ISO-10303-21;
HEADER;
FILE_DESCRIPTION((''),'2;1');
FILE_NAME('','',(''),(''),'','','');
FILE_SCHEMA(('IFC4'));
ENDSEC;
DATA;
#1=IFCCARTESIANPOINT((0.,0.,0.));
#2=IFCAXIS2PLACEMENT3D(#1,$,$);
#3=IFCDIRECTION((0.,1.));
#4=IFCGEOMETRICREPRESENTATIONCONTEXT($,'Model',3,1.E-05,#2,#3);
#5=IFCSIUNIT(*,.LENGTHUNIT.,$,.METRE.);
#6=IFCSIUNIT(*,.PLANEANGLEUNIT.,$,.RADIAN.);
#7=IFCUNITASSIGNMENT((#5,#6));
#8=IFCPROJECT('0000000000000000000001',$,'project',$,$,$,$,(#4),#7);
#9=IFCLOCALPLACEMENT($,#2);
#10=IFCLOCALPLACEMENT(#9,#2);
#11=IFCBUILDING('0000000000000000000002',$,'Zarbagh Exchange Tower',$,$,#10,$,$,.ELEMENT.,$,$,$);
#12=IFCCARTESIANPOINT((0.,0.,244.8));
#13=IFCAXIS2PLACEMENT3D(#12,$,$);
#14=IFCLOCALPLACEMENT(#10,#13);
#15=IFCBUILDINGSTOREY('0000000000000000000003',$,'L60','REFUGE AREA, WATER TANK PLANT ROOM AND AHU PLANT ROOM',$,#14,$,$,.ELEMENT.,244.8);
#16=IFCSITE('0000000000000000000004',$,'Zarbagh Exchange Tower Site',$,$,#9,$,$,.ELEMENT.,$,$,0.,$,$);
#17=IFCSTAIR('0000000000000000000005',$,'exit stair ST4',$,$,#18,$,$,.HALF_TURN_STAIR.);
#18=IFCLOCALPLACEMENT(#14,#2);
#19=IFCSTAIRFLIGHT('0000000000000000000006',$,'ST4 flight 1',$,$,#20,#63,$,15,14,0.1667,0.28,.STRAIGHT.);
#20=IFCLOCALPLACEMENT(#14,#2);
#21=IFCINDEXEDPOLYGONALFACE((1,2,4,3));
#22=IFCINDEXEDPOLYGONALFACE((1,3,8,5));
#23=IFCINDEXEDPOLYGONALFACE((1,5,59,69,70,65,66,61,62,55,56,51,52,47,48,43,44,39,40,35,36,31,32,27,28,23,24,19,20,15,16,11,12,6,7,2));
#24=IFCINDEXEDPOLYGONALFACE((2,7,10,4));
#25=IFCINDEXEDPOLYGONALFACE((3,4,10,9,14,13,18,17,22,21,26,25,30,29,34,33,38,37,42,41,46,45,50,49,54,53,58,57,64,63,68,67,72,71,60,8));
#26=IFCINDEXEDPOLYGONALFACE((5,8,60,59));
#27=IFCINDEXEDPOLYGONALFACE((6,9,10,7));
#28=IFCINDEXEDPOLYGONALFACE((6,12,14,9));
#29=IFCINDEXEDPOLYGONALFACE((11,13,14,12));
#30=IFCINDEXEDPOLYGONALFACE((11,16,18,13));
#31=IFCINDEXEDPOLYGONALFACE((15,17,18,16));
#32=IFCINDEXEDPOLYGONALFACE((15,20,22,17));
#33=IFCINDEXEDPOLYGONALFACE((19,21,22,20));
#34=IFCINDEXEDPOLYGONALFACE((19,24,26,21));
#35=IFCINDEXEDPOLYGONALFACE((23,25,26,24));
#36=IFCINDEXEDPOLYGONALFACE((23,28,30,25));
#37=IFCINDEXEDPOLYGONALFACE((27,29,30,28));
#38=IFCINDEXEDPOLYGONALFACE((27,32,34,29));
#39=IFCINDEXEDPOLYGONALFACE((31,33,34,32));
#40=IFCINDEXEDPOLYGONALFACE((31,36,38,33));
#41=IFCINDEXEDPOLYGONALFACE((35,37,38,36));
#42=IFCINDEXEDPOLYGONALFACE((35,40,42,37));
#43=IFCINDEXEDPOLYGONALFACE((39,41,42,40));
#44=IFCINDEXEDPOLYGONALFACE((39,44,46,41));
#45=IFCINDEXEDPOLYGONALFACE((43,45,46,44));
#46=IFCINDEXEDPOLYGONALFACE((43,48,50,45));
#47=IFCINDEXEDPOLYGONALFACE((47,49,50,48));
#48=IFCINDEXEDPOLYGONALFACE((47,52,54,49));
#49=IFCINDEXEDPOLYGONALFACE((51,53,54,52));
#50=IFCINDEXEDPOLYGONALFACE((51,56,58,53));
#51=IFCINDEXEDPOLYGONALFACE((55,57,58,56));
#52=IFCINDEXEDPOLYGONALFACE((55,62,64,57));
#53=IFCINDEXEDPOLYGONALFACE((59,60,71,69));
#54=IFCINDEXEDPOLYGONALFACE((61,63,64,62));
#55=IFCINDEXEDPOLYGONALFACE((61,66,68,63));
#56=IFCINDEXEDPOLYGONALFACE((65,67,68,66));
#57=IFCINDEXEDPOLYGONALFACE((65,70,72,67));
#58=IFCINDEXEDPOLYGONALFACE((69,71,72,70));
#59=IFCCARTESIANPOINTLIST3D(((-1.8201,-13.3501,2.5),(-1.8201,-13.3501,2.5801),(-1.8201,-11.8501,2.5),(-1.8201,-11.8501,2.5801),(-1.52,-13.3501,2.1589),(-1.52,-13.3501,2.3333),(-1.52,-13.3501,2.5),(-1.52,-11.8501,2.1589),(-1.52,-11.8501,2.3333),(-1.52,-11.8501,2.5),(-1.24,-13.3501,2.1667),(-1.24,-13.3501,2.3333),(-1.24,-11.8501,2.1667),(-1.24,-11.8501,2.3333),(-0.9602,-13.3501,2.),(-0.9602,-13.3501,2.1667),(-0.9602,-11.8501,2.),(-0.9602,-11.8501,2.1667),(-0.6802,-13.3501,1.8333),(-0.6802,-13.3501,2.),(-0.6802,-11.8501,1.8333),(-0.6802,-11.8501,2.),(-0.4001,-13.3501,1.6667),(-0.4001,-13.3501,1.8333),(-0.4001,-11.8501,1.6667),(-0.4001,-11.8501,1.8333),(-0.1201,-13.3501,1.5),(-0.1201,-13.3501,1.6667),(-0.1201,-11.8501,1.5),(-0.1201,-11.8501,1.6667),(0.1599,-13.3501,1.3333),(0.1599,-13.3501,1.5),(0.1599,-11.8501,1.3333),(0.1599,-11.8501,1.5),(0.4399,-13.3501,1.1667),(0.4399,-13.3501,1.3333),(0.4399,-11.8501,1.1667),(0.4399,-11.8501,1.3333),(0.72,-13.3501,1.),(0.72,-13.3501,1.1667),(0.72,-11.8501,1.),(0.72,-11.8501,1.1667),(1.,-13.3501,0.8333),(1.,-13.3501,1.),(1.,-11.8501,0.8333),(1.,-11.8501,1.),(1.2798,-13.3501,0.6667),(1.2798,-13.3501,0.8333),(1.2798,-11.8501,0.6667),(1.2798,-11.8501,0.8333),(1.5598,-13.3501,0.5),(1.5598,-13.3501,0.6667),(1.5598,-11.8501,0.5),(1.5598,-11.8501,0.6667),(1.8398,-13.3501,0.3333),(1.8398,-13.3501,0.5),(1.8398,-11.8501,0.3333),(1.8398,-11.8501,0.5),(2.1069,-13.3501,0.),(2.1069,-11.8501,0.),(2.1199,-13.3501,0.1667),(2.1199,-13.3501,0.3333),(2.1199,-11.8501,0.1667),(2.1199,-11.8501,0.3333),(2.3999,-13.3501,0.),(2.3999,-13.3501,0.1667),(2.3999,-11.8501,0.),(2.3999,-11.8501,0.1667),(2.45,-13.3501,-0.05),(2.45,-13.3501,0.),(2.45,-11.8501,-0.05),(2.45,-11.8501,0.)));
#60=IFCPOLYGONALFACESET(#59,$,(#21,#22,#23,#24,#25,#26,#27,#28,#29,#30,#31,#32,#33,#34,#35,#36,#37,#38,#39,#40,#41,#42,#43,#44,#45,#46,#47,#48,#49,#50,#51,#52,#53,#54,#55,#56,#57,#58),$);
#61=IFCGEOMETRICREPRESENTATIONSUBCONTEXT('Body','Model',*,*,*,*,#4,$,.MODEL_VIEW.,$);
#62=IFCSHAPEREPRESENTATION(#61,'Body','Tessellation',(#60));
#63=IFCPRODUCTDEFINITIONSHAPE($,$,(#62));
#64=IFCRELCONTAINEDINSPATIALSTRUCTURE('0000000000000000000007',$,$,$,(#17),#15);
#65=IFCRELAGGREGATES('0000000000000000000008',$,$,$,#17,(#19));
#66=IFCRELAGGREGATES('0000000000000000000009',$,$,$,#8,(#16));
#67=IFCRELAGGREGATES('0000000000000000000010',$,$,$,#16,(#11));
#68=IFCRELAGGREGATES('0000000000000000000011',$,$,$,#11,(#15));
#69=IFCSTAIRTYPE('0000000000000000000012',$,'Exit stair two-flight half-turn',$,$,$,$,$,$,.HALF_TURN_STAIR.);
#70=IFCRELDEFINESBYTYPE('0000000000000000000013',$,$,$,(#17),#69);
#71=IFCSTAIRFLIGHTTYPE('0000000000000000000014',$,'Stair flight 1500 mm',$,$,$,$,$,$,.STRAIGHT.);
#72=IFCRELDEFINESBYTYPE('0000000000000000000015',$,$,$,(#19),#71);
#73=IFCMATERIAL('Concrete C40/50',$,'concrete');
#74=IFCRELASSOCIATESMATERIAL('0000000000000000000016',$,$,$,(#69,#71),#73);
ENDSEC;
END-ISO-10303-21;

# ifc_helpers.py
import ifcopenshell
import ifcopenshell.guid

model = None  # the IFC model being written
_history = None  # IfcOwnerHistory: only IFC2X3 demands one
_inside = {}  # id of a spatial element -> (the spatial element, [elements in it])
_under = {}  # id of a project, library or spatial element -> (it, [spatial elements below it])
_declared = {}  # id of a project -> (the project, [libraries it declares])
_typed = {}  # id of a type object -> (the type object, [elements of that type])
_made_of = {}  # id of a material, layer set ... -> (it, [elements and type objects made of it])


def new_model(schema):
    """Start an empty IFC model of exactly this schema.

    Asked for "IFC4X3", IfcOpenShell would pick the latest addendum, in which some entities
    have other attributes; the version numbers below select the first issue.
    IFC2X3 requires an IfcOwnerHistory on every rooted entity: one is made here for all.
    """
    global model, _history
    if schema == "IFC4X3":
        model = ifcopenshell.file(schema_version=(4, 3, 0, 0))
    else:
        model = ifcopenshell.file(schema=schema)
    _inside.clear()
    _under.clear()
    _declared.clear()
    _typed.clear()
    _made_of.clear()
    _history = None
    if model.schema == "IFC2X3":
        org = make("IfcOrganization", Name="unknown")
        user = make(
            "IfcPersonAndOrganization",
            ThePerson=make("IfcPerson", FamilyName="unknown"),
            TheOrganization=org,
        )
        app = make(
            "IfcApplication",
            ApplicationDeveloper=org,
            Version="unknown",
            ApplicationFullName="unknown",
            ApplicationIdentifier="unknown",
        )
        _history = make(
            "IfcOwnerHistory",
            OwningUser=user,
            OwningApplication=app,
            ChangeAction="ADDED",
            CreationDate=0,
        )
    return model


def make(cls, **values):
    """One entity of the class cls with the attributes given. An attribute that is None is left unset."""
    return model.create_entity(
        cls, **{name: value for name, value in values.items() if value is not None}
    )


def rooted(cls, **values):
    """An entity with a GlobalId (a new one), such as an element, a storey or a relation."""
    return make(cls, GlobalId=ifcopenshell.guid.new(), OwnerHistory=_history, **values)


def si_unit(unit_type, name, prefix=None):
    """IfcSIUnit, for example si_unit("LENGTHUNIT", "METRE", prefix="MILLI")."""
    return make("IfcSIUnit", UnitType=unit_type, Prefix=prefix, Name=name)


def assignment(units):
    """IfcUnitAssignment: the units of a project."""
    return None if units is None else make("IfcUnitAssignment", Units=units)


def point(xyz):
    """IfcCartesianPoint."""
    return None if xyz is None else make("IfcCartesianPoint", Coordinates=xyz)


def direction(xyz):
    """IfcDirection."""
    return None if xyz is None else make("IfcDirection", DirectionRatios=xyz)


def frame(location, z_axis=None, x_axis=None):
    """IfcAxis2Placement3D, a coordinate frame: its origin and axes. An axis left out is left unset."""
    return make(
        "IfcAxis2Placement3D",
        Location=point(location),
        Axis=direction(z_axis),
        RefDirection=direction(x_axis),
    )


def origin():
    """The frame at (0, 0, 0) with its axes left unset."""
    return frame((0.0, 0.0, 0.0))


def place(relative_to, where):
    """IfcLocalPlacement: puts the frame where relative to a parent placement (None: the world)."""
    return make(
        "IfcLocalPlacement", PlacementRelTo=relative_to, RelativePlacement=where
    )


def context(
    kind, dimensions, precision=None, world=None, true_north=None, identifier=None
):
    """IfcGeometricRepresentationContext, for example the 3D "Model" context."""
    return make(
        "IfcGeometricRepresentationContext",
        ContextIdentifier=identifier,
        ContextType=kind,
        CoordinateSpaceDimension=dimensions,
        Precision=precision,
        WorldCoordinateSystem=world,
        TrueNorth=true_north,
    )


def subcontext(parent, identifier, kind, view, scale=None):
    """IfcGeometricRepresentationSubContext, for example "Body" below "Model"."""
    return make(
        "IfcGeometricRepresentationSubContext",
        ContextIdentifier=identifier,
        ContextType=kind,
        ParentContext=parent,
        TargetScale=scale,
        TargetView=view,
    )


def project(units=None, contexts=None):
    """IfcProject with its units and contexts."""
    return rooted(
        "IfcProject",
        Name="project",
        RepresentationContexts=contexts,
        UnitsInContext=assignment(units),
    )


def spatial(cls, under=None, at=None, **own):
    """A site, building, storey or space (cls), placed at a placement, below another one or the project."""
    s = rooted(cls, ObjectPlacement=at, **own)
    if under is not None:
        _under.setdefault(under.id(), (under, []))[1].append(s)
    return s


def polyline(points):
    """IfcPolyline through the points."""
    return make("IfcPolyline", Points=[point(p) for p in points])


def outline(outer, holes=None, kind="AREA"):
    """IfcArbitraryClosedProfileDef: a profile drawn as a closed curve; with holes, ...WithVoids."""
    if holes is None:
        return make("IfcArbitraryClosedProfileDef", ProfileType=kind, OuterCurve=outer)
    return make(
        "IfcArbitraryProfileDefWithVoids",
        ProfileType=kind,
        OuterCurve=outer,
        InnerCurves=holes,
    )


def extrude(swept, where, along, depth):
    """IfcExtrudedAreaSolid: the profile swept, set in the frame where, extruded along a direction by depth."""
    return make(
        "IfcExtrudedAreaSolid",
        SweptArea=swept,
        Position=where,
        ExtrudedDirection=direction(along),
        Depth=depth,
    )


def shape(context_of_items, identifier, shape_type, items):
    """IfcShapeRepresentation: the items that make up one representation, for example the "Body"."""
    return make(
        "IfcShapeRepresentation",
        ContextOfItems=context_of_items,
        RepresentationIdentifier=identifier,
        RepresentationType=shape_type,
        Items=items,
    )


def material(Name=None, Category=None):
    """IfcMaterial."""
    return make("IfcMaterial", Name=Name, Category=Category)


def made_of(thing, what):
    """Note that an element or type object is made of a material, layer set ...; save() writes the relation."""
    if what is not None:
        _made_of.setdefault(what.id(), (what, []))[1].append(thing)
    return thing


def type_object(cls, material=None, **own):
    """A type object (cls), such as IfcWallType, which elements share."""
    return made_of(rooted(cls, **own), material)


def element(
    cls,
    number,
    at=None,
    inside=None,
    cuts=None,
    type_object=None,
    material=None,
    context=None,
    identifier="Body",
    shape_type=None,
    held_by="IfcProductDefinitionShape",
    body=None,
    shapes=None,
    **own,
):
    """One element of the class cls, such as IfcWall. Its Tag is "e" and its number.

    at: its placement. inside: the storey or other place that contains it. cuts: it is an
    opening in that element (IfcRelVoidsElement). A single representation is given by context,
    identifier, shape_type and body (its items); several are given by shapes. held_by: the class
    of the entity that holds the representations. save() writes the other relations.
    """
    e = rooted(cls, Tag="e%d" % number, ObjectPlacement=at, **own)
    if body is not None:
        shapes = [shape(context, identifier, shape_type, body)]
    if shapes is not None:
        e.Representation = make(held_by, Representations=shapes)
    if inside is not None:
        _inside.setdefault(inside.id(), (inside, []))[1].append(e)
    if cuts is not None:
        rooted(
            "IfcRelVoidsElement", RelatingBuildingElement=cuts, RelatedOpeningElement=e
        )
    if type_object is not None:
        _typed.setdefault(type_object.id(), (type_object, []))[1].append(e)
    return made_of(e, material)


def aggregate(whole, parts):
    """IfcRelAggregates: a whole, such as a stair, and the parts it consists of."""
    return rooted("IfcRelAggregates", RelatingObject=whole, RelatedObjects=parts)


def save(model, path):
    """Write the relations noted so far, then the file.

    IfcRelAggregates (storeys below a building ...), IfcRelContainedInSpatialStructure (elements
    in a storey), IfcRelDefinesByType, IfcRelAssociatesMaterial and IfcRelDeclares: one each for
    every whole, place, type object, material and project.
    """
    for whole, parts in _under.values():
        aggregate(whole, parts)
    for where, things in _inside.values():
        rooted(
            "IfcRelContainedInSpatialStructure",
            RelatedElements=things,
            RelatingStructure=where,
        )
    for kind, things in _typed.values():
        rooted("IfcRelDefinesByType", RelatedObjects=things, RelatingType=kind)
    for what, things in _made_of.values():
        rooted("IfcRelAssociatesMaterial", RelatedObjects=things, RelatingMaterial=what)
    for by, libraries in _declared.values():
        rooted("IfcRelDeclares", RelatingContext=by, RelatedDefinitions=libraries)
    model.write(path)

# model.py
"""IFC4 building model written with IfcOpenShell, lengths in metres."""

from ifc_helpers import new_model, si_unit, direction, frame, origin, place, context, subcontext, project, spatial, polyline, outline, extrude, material, type_object, element, aggregate, save


model = new_model("IFC4")

# Units and contexts
model_context = context("Model", 3, precision=1e-05, world=origin(), true_north=direction((0.0, 1.0)))
body_context = subcontext(model_context, "Body", "Model", "MODEL_VIEW")
ifc_project = project(units=[si_unit("LENGTHUNIT", "METRE"), si_unit("PLANEANGLEUNIT", "RADIAN")], contexts=[model_context])

# Site, building, storey
site_placement = place(None, origin())
site = spatial("IfcSite", under=ifc_project, at=site_placement, Name="Zarbagh Exchange Tower Site", CompositionType="ELEMENT", RefElevation=0.0)
building_placement = place(site_placement, origin())
building = spatial("IfcBuilding", under=site, at=building_placement, Name="Zarbagh Exchange Tower", CompositionType="ELEMENT")
storey_placement = place(building_placement, frame((0.0, 0.0, 244.8)))
storey = spatial("IfcBuildingStorey", under=building, at=storey_placement, Name="L60", Description="REFUGE AREA, WATER TANK PLANT ROOM AND AHU PLANT ROOM", CompositionType="ELEMENT", Elevation=244.8)

# Shared definitions
ifc_material_1 = material(Name="Concrete C40/50", Category="concrete")

# Stair, stair flight
stair_type = type_object("IfcStairType", Name="Exit stair two-flight half-turn", PredefinedType="HALF_TURN_STAIR", material=ifc_material_1)
stair_1_placement = place(storey_placement, origin())
stair_1 = element("IfcStair", 1, at=stair_1_placement, inside=storey, type_object=stair_type, Name="exit stair ST4", PredefinedType="HALF_TURN_STAIR")
stair_flight_type_1 = type_object("IfcStairFlightType", Name="Stair flight 1500 mm", PredefinedType="STRAIGHT", material=ifc_material_1)
stair_flight_1_placement = place(storey_placement, frame((2.3999, -12.6001, 0.0), z_axis=(0.0, 0.0, 1.0), x_axis=(-1.0, 0.0, 0.0)))
stair_flight_1 = element("IfcStairFlight", 2, at=stair_flight_1_placement, type_object=stair_flight_type_1, Name="ST4 flight 1", NumberOfRisers=15, NumberOfTreads=14, PredefinedType="STRAIGHT", RiserHeight=0.1667, TreadLength=0.28, context=body_context, shape_type="SweptSolid", body=[
    extrude(outline(polyline([(-0.05, -0.05), (-0.05, 0.0), (0.0, 0.0), (0.0, 0.1667), (0.28, 0.1667), (0.28, 0.3333), (0.5601, 0.3333), (0.5601, 0.5), (0.8401, 0.5), (0.8401, 0.6667), (1.1201, 0.6667), (1.1201, 0.8333), (1.3999, 0.8333), (1.3999, 1.0), (1.6799, 1.0), (1.6799, 1.1667), (1.96, 1.1667), (1.96, 1.3333), (2.24, 1.3333), (2.24, 1.5), (2.52, 1.5), (2.52, 1.6667), (2.8, 1.6667), (2.8, 1.8333), (3.0801, 1.8333), (3.0801, 2.0), (3.3601, 2.0), (3.3601, 2.1667), (3.6399, 2.1667), (3.6399, 2.3333), (3.9199, 2.3333), (3.9199, 2.5), (4.22, 2.5801), (4.22, 2.5), (3.9199, 2.1589), (0.293, 0.0), (-0.05, -0.05)])), frame((0.0, 0.75, 0.0), z_axis=(0.0, -1.0, 0.0), x_axis=(1.0, 0.0, 0.0)), (0.0, 0.0, 1.0), 1.5),
])
aggregate(stair_1, [stair_flight_1])

save(model, "model.ifc")
